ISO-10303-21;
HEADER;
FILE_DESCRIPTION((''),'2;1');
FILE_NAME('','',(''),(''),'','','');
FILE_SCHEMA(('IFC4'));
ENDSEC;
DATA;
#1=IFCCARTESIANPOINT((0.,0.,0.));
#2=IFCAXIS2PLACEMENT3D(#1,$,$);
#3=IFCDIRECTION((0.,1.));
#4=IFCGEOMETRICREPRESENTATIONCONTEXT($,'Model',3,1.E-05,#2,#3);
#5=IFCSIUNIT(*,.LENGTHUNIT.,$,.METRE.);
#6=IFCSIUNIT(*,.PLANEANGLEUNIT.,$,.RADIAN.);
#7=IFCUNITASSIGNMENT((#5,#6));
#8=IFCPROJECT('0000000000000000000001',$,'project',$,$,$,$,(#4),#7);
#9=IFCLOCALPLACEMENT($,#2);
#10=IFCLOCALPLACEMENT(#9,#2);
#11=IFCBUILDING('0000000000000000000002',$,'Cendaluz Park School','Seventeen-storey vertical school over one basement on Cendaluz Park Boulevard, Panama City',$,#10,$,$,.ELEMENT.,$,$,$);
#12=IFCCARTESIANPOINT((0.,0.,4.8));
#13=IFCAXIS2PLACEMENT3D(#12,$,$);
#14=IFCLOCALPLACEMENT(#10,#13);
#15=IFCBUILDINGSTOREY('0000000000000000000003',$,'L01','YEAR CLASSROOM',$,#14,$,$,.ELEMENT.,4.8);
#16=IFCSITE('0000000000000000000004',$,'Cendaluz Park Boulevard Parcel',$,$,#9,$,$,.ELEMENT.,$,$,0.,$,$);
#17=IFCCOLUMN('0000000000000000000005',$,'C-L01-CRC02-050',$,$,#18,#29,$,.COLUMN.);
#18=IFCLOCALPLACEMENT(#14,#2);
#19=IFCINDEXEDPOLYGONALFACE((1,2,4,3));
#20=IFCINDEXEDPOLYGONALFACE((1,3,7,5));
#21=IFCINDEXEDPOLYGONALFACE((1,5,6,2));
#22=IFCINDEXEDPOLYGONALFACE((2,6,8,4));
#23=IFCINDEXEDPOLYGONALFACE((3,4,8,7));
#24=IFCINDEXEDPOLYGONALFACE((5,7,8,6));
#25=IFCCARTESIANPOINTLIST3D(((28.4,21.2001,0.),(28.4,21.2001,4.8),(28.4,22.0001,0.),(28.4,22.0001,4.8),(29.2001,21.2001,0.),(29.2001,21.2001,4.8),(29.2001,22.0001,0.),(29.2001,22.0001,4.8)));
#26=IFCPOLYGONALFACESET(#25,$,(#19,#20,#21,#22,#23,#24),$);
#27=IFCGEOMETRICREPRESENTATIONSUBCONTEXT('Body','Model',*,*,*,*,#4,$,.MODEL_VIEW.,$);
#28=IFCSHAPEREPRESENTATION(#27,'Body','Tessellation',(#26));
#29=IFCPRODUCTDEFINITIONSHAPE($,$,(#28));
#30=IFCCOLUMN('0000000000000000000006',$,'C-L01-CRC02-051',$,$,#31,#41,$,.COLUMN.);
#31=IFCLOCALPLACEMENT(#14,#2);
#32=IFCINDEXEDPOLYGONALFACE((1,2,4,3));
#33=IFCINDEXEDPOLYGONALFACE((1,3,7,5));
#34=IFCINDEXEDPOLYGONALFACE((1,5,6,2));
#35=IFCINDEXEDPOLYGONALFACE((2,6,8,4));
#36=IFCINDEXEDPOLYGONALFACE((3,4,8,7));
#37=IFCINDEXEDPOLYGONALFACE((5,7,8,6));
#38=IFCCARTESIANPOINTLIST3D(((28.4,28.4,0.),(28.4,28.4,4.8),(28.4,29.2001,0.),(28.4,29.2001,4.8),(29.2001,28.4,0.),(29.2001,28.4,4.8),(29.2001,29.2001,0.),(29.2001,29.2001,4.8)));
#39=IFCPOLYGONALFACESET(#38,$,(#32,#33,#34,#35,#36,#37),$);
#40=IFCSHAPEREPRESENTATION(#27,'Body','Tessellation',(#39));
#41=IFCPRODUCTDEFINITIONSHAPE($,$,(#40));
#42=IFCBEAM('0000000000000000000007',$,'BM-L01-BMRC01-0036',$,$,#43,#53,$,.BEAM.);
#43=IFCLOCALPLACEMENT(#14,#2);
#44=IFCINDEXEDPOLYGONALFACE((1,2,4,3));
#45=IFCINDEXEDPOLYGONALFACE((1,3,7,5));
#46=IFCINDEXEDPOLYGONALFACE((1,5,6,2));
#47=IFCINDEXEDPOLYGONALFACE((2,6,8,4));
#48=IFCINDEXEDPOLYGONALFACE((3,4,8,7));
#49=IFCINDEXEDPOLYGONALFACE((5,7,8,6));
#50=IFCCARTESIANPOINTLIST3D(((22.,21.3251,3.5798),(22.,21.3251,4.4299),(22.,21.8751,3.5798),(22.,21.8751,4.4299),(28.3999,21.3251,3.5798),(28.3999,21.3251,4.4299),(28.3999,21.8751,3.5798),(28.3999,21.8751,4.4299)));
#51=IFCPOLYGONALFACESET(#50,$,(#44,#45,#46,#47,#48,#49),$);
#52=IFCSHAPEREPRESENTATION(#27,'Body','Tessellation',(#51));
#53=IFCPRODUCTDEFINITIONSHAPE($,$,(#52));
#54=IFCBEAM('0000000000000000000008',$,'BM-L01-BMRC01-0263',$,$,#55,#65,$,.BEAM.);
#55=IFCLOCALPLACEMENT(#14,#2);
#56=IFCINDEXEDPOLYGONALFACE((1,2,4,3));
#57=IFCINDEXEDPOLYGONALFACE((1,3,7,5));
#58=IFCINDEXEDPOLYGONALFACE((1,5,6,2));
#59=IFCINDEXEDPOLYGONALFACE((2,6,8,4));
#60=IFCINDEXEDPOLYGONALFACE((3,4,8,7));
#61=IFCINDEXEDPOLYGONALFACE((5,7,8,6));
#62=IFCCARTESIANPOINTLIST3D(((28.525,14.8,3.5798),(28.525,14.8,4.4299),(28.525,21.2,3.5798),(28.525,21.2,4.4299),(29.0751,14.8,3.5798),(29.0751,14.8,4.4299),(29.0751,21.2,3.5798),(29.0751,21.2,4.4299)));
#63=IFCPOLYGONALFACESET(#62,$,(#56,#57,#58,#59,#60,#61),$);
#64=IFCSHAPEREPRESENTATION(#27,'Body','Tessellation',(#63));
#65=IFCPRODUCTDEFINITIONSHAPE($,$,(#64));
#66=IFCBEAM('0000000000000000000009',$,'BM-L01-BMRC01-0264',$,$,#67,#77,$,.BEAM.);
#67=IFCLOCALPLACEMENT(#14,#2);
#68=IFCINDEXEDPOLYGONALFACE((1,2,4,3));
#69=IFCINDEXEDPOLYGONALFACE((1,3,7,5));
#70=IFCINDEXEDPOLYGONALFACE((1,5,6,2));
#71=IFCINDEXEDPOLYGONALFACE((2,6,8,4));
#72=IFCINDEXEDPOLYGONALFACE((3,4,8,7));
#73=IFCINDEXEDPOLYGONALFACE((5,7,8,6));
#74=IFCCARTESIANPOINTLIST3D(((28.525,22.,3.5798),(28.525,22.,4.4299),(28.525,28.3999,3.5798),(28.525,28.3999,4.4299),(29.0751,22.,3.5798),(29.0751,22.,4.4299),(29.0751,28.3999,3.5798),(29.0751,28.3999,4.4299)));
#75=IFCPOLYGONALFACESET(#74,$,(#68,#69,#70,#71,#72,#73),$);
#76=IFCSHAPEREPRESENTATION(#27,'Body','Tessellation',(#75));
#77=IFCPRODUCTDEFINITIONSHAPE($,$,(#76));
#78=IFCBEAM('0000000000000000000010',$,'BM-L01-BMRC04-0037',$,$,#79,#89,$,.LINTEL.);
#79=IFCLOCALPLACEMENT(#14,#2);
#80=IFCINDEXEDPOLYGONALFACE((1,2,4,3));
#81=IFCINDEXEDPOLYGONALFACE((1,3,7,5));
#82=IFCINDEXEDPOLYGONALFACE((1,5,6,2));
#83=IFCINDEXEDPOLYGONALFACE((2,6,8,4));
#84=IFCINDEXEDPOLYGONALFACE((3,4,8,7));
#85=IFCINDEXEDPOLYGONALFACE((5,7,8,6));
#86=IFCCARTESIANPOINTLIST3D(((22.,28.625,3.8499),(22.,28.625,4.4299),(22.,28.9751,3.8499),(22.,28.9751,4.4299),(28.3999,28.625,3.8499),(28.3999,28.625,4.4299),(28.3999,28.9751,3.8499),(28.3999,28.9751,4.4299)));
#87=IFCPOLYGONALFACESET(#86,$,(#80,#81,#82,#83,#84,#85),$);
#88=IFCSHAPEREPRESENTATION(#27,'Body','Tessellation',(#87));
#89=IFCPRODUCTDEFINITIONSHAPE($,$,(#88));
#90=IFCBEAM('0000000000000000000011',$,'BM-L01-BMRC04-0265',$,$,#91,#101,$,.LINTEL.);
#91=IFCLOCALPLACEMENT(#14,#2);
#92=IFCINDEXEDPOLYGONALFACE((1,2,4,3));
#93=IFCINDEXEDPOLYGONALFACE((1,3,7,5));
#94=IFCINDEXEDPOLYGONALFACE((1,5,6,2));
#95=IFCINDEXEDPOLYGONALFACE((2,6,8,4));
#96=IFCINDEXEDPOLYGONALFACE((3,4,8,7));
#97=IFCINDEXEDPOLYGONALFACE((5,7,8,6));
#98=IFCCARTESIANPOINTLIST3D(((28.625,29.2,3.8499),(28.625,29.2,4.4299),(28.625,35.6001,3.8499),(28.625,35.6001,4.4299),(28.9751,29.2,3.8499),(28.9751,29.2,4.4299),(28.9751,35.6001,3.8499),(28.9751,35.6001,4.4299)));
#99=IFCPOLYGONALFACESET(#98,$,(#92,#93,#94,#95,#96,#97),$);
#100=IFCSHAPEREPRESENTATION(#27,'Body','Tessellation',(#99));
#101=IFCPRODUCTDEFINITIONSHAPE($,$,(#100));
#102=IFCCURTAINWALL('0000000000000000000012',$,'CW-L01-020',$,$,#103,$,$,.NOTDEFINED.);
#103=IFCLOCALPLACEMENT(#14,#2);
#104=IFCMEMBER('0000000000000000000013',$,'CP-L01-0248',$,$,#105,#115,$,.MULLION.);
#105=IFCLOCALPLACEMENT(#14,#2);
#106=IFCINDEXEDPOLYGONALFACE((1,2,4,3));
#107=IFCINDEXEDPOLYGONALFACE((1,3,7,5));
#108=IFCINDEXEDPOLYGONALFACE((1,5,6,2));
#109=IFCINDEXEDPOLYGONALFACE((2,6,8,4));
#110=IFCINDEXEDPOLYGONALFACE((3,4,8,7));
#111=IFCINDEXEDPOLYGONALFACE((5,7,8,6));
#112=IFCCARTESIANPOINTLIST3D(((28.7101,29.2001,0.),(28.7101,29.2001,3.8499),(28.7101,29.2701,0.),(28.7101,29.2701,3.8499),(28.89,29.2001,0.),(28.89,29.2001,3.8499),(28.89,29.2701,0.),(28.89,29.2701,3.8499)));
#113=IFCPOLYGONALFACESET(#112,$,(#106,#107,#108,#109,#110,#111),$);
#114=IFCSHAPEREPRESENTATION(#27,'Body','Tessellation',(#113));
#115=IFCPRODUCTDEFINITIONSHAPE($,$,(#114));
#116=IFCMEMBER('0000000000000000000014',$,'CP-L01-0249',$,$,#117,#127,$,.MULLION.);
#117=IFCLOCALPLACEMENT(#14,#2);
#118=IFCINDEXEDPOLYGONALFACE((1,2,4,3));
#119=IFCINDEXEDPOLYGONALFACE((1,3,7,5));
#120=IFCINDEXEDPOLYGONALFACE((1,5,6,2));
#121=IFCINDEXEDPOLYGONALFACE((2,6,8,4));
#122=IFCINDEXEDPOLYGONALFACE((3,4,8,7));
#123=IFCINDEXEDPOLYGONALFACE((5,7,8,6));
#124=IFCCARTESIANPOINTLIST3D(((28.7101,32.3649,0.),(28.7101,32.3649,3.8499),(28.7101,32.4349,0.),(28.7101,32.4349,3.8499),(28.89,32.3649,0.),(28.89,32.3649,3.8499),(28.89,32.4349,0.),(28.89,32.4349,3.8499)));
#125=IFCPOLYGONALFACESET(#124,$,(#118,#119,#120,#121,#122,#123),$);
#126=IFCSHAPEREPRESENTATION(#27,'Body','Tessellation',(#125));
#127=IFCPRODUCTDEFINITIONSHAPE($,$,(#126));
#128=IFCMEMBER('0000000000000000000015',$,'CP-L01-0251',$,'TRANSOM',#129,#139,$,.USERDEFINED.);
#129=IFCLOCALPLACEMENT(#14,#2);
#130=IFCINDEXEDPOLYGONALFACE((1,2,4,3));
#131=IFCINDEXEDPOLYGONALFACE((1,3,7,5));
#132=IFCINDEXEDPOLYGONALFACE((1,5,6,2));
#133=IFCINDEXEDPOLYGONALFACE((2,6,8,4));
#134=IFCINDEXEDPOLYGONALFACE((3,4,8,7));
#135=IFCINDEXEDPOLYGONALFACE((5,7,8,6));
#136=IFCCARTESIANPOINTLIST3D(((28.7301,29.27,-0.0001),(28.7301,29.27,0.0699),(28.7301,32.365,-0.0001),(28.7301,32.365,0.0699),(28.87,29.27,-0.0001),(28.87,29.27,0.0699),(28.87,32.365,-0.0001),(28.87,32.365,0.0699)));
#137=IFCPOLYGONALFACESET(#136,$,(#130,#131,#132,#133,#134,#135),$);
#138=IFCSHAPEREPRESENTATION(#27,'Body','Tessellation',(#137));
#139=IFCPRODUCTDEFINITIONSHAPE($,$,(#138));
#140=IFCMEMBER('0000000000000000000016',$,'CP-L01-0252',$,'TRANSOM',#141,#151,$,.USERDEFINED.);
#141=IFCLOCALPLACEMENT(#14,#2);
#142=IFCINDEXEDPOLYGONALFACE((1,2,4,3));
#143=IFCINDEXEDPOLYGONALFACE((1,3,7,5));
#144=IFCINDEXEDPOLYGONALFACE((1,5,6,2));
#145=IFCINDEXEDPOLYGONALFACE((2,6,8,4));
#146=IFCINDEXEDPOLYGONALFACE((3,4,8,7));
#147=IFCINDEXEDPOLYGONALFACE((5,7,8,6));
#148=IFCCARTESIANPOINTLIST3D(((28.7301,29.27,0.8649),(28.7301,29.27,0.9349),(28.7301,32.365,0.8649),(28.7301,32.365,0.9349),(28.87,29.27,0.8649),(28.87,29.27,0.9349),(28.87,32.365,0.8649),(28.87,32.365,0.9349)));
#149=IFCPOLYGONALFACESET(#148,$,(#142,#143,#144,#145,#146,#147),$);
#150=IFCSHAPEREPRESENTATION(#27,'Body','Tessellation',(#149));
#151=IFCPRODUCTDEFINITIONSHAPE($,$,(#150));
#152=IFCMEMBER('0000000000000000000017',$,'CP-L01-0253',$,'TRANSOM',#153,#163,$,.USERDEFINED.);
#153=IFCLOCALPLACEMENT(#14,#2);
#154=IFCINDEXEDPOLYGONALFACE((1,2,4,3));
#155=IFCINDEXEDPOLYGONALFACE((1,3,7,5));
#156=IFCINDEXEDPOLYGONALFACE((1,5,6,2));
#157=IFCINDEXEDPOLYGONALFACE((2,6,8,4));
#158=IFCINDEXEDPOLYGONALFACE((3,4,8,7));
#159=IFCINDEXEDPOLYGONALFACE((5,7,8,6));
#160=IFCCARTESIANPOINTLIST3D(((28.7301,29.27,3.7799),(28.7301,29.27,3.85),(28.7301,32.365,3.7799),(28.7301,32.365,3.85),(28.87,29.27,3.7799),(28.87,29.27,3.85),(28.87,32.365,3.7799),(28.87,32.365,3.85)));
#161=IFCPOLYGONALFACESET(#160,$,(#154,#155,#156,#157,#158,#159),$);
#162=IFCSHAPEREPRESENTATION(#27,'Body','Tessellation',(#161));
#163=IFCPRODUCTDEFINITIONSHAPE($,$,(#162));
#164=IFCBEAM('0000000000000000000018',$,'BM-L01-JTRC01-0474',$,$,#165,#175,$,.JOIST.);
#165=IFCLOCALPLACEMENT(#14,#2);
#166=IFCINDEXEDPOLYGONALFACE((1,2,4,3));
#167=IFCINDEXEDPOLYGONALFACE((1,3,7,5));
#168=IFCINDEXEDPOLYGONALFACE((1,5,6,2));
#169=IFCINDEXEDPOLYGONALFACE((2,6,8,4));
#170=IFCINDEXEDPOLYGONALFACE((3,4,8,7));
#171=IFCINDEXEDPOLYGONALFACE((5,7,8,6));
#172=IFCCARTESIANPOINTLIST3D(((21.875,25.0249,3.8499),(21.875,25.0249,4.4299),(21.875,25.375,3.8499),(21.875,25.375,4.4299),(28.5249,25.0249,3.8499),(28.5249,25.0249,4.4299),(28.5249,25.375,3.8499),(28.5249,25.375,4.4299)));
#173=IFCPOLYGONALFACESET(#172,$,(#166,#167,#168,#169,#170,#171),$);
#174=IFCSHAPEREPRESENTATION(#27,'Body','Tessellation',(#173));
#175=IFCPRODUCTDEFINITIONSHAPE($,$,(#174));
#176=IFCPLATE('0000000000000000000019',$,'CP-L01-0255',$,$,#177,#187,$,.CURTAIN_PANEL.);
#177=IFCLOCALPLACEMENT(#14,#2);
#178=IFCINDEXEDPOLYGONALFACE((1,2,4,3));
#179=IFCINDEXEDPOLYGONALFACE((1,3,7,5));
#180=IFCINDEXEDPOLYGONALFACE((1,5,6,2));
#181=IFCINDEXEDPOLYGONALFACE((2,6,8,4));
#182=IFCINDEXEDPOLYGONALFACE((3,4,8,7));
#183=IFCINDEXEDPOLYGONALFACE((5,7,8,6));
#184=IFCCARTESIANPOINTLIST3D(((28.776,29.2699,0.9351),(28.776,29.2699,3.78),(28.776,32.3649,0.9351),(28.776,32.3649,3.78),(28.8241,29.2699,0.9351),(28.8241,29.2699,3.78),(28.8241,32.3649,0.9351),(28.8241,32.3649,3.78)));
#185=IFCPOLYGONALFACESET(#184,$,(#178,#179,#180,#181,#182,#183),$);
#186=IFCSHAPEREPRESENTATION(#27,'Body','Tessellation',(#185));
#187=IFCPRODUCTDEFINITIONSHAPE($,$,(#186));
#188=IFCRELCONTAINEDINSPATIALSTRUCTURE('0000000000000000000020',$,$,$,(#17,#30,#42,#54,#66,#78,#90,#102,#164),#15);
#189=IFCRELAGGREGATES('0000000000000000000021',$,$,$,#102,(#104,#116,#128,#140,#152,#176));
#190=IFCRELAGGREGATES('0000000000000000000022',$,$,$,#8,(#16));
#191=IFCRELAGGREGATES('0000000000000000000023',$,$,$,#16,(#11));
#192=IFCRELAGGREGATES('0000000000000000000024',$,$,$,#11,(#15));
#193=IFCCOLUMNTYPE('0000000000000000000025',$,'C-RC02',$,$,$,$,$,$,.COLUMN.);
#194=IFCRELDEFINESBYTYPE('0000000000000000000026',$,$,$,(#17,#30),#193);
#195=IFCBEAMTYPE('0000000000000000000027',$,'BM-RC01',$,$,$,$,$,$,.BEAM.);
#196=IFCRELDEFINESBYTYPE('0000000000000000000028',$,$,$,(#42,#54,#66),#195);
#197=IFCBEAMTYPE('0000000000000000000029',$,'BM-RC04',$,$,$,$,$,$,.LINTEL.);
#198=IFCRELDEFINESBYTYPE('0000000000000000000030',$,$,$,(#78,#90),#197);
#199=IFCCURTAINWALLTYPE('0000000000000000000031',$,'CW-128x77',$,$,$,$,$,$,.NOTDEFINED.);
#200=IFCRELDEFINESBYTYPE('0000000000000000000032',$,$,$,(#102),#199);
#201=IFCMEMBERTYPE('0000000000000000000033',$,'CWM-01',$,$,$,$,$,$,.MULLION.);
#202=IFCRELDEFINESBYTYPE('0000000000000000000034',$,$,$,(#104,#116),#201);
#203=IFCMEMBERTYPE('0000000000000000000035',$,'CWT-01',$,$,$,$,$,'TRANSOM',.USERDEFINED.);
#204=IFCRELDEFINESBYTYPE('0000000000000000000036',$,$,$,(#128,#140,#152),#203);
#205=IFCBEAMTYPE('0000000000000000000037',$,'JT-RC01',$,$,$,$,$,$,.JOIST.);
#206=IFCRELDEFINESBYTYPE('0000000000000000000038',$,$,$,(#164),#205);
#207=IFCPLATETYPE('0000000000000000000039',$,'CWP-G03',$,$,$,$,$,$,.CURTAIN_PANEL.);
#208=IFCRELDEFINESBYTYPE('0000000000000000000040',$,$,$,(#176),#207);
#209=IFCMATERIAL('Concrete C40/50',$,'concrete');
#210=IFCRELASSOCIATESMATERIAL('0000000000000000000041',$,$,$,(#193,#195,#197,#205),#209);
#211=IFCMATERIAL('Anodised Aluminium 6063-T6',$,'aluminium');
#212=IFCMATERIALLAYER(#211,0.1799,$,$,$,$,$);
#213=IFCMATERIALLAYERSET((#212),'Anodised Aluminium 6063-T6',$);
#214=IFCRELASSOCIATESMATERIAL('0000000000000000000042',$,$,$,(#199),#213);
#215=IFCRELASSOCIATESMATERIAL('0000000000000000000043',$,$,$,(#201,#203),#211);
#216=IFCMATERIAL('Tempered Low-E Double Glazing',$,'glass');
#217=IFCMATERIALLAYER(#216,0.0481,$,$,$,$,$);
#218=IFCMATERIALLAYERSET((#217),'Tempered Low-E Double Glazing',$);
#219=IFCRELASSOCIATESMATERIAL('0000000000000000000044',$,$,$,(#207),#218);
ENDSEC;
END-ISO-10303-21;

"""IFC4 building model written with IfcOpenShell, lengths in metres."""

from ifc_helpers import new_model, si_unit, direction, frame, origin, origin_2d, place, context, subcontext, project, spatial, rectangle, extrude, material, layer, layer_set, material_profile, profile_set, type_object, element, aggregate, save


model = new_model("IFC4")

# Units and contexts
model_context = context("Model", 3, precision=1e-05, world=origin(), true_north=direction((0.0, 1.0)))
body_context = subcontext(model_context, "Body", "Model", "MODEL_VIEW")
ifc_project = project(units=[si_unit("LENGTHUNIT", "METRE"), si_unit("PLANEANGLEUNIT", "RADIAN")], contexts=[model_context])

# Site, building, storey
site_placement = place(None, origin())
site = spatial("IfcSite", under=ifc_project, at=site_placement, Name="Cendaluz Park Boulevard Parcel", CompositionType="ELEMENT", RefElevation=0.0)
building_placement = place(site_placement, origin())
building = spatial("IfcBuilding", under=site, at=building_placement, Name="Cendaluz Park School", Description="Seventeen-storey vertical school over one basement on Cendaluz Park Boulevard, Panama City", CompositionType="ELEMENT")
storey_placement = place(building_placement, frame((0.0, 0.0, 4.8)))
storey = spatial("IfcBuildingStorey", under=building, at=storey_placement, Name="L01", Description="YEAR CLASSROOM", CompositionType="ELEMENT", Elevation=4.8)

# Columns
ifc_material_1 = material(Name="Concrete C40/50", Category="concrete")
ifc_material_profile_1 = material_profile(ifc_material_1, rectangle(XDim=0.8, YDim=0.8, at=origin_2d()), Name="RC 800x800", Category="concrete")
ifc_profile_set_1 = profile_set([ifc_material_profile_1], Name="Concrete C40/50")
column_type = type_object("IfcColumnType", Name="C-RC02", PredefinedType="COLUMN", material=ifc_profile_set_1)
for number, where, z_axis, x_axis, name in (
    (1, (28.8, 21.6001, 0.0), (0.0, 0.0, 1.0), (1.0, 0.0, 0.0), "C-L01-CRC02-050"),
    (2, (28.8, 28.8, 0.0), (0.0, 0.0, 1.0), (1.0, 0.0, 0.0), "C-L01-CRC02-051"),
):
    element("IfcColumn", number, at=place(storey_placement, frame(where, z_axis=z_axis, x_axis=x_axis)), inside=storey, type_object=column_type, Name=name, PredefinedType="COLUMN", context=body_context, shape_type="SweptSolid", body=[
        extrude(rectangle(XDim=0.8, YDim=0.8, at=origin_2d()), origin(), (0.0, 0.0, 1.0), 4.8),
    ])

# Beams
ifc_material_profile_2 = material_profile(ifc_material_1, rectangle(XDim=0.55, YDim=0.8501, at=origin_2d()), Name="RC 550x850", Category="concrete")
ifc_profile_set_2 = profile_set([ifc_material_profile_2], Name="Concrete C40/50")
beam_type_1 = type_object("IfcBeamType", Name="BM-RC01", PredefinedType="BEAM", material=ifc_profile_set_2)
for number, where, z_axis, x_axis, name in (
    (3, (22.0, 21.6001, 4.0049), (1.0, 0.0, 0.0), (0.0, 1.0, 0.0), "BM-L01-BMRC01-0036"),
    (4, (28.8, 14.8, 4.0049), (0.0, 1.0, 0.0), (-1.0, 0.0, 0.0), "BM-L01-BMRC01-0263"),
    (5, (28.8, 22.0, 4.0049), (0.0, 1.0, 0.0), (-1.0, 0.0, 0.0), "BM-L01-BMRC01-0264"),
):
    element("IfcBeam", number, at=place(storey_placement, frame(where, z_axis=z_axis, x_axis=x_axis)), inside=storey, type_object=beam_type_1, Name=name, PredefinedType="BEAM", context=body_context, shape_type="SweptSolid", body=[
        extrude(rectangle(XDim=0.55, YDim=0.8501, at=origin_2d()), origin(), (0.0, 0.0, 1.0), 6.3999),
    ])
ifc_material_profile_3 = material_profile(ifc_material_1, rectangle(XDim=0.3501, YDim=0.5801, at=origin_2d()), Name="RC 350x580", Category="concrete")
ifc_profile_set_3 = profile_set([ifc_material_profile_3], Name="Concrete C40/50")
beam_type_2 = type_object("IfcBeamType", Name="BM-RC04", PredefinedType="LINTEL", material=ifc_profile_set_3)
beam_1_placement = place(storey_placement, frame((22.0, 28.8, 4.1399), z_axis=(1.0, 0.0, 0.0), x_axis=(0.0, 1.0, 0.0)))
element("IfcBeam", 6, at=beam_1_placement, inside=storey, type_object=beam_type_2, Name="BM-L01-BMRC04-0037", PredefinedType="LINTEL", context=body_context, shape_type="SweptSolid", body=[
    extrude(rectangle(XDim=0.3501, YDim=0.5801, at=origin_2d()), origin(), (0.0, 0.0, 1.0), 6.3999),
])
beam_2_placement = place(storey_placement, frame((28.8, 29.2, 4.1399), z_axis=(0.0, 1.0, 0.0), x_axis=(-1.0, 0.0, 0.0)))
element("IfcBeam", 7, at=beam_2_placement, inside=storey, type_object=beam_type_2, Name="BM-L01-BMRC04-0265", PredefinedType="LINTEL", context=body_context, shape_type="SweptSolid", body=[
    extrude(rectangle(XDim=0.3501, YDim=0.5801, at=origin_2d()), origin(), (0.0, 0.0, 1.0), 6.4001),
])

# Curtain wall, members
ifc_material_2 = material(Name="Anodised Aluminium 6063-T6", Category="aluminium")
ifc_layer_1 = layer(ifc_material_2, 0.1799)
ifc_layer_set_1 = layer_set([ifc_layer_1], Name="Anodised Aluminium 6063-T6")
curtain_wall_type = type_object("IfcCurtainWallType", Name="CW-128x77", PredefinedType="NOTDEFINED", material=ifc_layer_set_1)
curtain_wall_placement = place(storey_placement, origin())
curtain_wall = element("IfcCurtainWall", 8, at=curtain_wall_placement, inside=storey, type_object=curtain_wall_type, Name="CW-L01-020", PredefinedType="NOTDEFINED")
ifc_material_profile_4 = material_profile(ifc_material_2, rectangle(XDim=0.1799, YDim=0.0701, at=origin_2d()), Name="CWM 180x70", Category="aluminium")
ifc_profile_set_4 = profile_set([ifc_material_profile_4], Name="Anodised Aluminium 6063-T6")
member_type_1 = type_object("IfcMemberType", Name="CWM-01", PredefinedType="MULLION", material=ifc_profile_set_4)
member_1_placement = place(storey_placement, frame((28.8, 29.2351, 0.0), z_axis=(0.0, 0.0, 1.0), x_axis=(-1.0, 0.0, 0.0)))
member_1 = element("IfcMember", 9, at=member_1_placement, type_object=member_type_1, Name="CP-L01-0248", PredefinedType="MULLION", context=body_context, shape_type="SweptSolid", body=[
    extrude(rectangle(XDim=0.1799, YDim=0.0701, at=origin_2d()), origin(), (0.0, 0.0, 1.0), 3.8499),
])
member_2_placement = place(storey_placement, frame((28.8, 32.3999, 0.0), z_axis=(0.0, 0.0, 1.0), x_axis=(-1.0, 0.0, 0.0)))
member_2 = element("IfcMember", 10, at=member_2_placement, type_object=member_type_1, Name="CP-L01-0249", PredefinedType="MULLION", context=body_context, shape_type="SweptSolid", body=[
    extrude(rectangle(XDim=0.1799, YDim=0.0701, at=origin_2d()), origin(), (0.0, 0.0, 1.0), 3.8499),
])
ifc_material_profile_5 = material_profile(ifc_material_2, rectangle(XDim=0.1399, YDim=0.0701, at=origin_2d()), Name="CWT 140x70", Category="aluminium")
ifc_profile_set_5 = profile_set([ifc_material_profile_5], Name="Anodised Aluminium 6063-T6")
member_type_2 = type_object("IfcMemberType", Name="CWT-01", ElementType="TRANSOM", PredefinedType="USERDEFINED", material=ifc_profile_set_5)
member_3_placement = place(storey_placement, frame((28.8, 29.27, 0.0349), z_axis=(0.0, 1.0, 0.0), x_axis=(-1.0, 0.0, 0.0)))
member_3 = element("IfcMember", 11, at=member_3_placement, type_object=member_type_2, Name="CP-L01-0251", ObjectType="TRANSOM", PredefinedType="USERDEFINED", context=body_context, shape_type="SweptSolid", body=[
    extrude(rectangle(XDim=0.1399, YDim=0.0701, at=origin_2d()), origin(), (0.0, 0.0, 1.0), 3.095),
])
member_4_placement = place(storey_placement, frame((28.8, 29.27, 0.8999), z_axis=(0.0, 1.0, 0.0), x_axis=(-1.0, 0.0, 0.0)))
member_4 = element("IfcMember", 12, at=member_4_placement, type_object=member_type_2, Name="CP-L01-0252", ObjectType="TRANSOM", PredefinedType="USERDEFINED", context=body_context, shape_type="SweptSolid", body=[
    extrude(rectangle(XDim=0.1399, YDim=0.0701, at=origin_2d()), origin(), (0.0, 0.0, 1.0), 3.095),
])
member_5_placement = place(storey_placement, frame((28.8, 29.27, 3.8149), z_axis=(0.0, 1.0, 0.0), x_axis=(-1.0, 0.0, 0.0)))
member_5 = element("IfcMember", 13, at=member_5_placement, type_object=member_type_2, Name="CP-L01-0253", ObjectType="TRANSOM", PredefinedType="USERDEFINED", context=body_context, shape_type="SweptSolid", body=[
    extrude(rectangle(XDim=0.1399, YDim=0.0701, at=origin_2d()), origin(), (0.0, 0.0, 1.0), 3.095),
])

# Beam
ifc_material_profile_6 = material_profile(ifc_material_1, rectangle(XDim=0.3501, YDim=0.5801, at=origin_2d()), Name="RC 350x580", Category="concrete")
ifc_profile_set_6 = profile_set([ifc_material_profile_6], Name="Concrete C40/50")
beam_type_3 = type_object("IfcBeamType", Name="JT-RC01", PredefinedType="JOIST", material=ifc_profile_set_6)
beam_3_placement = place(storey_placement, frame((21.875, 25.2, 4.1399), z_axis=(1.0, 0.0, 0.0), x_axis=(0.0, 1.0, 0.0)))
element("IfcBeam", 14, at=beam_3_placement, inside=storey, type_object=beam_type_3, Name="BM-L01-JTRC01-0474", PredefinedType="JOIST", context=body_context, shape_type="SweptSolid", body=[
    extrude(rectangle(XDim=0.3501, YDim=0.5801, at=origin_2d()), origin(), (0.0, 0.0, 1.0), 6.6499),
])

# Plate
ifc_material_3 = material(Name="Tempered Low-E Double Glazing", Category="glass")
ifc_layer_2 = layer(ifc_material_3, 0.0481)
ifc_layer_set_2 = layer_set([ifc_layer_2], Name="Tempered Low-E Double Glazing")
plate_type_1 = type_object("IfcPlateType", Name="CWP-G03", PredefinedType="CURTAIN_PANEL", material=ifc_layer_set_2)
plate_1_placement = place(storey_placement, frame((28.8, 30.8174, 0.9351), z_axis=(0.0, 0.0, 1.0), x_axis=(0.0, 1.0, 0.0)))
plate_1 = element("IfcPlate", 15, at=plate_1_placement, type_object=plate_type_1, Name="CP-L01-0255", PredefinedType="CURTAIN_PANEL", context=body_context, shape_type="SweptSolid", body=[
    extrude(rectangle(XDim=3.095, YDim=0.0481, at=origin_2d()), origin(), (0.0, 0.0, 1.0), 2.845),
])
aggregate(curtain_wall, [member_1, member_2, member_3, member_4, member_5, plate_1])

save(model, "model.ifc")
